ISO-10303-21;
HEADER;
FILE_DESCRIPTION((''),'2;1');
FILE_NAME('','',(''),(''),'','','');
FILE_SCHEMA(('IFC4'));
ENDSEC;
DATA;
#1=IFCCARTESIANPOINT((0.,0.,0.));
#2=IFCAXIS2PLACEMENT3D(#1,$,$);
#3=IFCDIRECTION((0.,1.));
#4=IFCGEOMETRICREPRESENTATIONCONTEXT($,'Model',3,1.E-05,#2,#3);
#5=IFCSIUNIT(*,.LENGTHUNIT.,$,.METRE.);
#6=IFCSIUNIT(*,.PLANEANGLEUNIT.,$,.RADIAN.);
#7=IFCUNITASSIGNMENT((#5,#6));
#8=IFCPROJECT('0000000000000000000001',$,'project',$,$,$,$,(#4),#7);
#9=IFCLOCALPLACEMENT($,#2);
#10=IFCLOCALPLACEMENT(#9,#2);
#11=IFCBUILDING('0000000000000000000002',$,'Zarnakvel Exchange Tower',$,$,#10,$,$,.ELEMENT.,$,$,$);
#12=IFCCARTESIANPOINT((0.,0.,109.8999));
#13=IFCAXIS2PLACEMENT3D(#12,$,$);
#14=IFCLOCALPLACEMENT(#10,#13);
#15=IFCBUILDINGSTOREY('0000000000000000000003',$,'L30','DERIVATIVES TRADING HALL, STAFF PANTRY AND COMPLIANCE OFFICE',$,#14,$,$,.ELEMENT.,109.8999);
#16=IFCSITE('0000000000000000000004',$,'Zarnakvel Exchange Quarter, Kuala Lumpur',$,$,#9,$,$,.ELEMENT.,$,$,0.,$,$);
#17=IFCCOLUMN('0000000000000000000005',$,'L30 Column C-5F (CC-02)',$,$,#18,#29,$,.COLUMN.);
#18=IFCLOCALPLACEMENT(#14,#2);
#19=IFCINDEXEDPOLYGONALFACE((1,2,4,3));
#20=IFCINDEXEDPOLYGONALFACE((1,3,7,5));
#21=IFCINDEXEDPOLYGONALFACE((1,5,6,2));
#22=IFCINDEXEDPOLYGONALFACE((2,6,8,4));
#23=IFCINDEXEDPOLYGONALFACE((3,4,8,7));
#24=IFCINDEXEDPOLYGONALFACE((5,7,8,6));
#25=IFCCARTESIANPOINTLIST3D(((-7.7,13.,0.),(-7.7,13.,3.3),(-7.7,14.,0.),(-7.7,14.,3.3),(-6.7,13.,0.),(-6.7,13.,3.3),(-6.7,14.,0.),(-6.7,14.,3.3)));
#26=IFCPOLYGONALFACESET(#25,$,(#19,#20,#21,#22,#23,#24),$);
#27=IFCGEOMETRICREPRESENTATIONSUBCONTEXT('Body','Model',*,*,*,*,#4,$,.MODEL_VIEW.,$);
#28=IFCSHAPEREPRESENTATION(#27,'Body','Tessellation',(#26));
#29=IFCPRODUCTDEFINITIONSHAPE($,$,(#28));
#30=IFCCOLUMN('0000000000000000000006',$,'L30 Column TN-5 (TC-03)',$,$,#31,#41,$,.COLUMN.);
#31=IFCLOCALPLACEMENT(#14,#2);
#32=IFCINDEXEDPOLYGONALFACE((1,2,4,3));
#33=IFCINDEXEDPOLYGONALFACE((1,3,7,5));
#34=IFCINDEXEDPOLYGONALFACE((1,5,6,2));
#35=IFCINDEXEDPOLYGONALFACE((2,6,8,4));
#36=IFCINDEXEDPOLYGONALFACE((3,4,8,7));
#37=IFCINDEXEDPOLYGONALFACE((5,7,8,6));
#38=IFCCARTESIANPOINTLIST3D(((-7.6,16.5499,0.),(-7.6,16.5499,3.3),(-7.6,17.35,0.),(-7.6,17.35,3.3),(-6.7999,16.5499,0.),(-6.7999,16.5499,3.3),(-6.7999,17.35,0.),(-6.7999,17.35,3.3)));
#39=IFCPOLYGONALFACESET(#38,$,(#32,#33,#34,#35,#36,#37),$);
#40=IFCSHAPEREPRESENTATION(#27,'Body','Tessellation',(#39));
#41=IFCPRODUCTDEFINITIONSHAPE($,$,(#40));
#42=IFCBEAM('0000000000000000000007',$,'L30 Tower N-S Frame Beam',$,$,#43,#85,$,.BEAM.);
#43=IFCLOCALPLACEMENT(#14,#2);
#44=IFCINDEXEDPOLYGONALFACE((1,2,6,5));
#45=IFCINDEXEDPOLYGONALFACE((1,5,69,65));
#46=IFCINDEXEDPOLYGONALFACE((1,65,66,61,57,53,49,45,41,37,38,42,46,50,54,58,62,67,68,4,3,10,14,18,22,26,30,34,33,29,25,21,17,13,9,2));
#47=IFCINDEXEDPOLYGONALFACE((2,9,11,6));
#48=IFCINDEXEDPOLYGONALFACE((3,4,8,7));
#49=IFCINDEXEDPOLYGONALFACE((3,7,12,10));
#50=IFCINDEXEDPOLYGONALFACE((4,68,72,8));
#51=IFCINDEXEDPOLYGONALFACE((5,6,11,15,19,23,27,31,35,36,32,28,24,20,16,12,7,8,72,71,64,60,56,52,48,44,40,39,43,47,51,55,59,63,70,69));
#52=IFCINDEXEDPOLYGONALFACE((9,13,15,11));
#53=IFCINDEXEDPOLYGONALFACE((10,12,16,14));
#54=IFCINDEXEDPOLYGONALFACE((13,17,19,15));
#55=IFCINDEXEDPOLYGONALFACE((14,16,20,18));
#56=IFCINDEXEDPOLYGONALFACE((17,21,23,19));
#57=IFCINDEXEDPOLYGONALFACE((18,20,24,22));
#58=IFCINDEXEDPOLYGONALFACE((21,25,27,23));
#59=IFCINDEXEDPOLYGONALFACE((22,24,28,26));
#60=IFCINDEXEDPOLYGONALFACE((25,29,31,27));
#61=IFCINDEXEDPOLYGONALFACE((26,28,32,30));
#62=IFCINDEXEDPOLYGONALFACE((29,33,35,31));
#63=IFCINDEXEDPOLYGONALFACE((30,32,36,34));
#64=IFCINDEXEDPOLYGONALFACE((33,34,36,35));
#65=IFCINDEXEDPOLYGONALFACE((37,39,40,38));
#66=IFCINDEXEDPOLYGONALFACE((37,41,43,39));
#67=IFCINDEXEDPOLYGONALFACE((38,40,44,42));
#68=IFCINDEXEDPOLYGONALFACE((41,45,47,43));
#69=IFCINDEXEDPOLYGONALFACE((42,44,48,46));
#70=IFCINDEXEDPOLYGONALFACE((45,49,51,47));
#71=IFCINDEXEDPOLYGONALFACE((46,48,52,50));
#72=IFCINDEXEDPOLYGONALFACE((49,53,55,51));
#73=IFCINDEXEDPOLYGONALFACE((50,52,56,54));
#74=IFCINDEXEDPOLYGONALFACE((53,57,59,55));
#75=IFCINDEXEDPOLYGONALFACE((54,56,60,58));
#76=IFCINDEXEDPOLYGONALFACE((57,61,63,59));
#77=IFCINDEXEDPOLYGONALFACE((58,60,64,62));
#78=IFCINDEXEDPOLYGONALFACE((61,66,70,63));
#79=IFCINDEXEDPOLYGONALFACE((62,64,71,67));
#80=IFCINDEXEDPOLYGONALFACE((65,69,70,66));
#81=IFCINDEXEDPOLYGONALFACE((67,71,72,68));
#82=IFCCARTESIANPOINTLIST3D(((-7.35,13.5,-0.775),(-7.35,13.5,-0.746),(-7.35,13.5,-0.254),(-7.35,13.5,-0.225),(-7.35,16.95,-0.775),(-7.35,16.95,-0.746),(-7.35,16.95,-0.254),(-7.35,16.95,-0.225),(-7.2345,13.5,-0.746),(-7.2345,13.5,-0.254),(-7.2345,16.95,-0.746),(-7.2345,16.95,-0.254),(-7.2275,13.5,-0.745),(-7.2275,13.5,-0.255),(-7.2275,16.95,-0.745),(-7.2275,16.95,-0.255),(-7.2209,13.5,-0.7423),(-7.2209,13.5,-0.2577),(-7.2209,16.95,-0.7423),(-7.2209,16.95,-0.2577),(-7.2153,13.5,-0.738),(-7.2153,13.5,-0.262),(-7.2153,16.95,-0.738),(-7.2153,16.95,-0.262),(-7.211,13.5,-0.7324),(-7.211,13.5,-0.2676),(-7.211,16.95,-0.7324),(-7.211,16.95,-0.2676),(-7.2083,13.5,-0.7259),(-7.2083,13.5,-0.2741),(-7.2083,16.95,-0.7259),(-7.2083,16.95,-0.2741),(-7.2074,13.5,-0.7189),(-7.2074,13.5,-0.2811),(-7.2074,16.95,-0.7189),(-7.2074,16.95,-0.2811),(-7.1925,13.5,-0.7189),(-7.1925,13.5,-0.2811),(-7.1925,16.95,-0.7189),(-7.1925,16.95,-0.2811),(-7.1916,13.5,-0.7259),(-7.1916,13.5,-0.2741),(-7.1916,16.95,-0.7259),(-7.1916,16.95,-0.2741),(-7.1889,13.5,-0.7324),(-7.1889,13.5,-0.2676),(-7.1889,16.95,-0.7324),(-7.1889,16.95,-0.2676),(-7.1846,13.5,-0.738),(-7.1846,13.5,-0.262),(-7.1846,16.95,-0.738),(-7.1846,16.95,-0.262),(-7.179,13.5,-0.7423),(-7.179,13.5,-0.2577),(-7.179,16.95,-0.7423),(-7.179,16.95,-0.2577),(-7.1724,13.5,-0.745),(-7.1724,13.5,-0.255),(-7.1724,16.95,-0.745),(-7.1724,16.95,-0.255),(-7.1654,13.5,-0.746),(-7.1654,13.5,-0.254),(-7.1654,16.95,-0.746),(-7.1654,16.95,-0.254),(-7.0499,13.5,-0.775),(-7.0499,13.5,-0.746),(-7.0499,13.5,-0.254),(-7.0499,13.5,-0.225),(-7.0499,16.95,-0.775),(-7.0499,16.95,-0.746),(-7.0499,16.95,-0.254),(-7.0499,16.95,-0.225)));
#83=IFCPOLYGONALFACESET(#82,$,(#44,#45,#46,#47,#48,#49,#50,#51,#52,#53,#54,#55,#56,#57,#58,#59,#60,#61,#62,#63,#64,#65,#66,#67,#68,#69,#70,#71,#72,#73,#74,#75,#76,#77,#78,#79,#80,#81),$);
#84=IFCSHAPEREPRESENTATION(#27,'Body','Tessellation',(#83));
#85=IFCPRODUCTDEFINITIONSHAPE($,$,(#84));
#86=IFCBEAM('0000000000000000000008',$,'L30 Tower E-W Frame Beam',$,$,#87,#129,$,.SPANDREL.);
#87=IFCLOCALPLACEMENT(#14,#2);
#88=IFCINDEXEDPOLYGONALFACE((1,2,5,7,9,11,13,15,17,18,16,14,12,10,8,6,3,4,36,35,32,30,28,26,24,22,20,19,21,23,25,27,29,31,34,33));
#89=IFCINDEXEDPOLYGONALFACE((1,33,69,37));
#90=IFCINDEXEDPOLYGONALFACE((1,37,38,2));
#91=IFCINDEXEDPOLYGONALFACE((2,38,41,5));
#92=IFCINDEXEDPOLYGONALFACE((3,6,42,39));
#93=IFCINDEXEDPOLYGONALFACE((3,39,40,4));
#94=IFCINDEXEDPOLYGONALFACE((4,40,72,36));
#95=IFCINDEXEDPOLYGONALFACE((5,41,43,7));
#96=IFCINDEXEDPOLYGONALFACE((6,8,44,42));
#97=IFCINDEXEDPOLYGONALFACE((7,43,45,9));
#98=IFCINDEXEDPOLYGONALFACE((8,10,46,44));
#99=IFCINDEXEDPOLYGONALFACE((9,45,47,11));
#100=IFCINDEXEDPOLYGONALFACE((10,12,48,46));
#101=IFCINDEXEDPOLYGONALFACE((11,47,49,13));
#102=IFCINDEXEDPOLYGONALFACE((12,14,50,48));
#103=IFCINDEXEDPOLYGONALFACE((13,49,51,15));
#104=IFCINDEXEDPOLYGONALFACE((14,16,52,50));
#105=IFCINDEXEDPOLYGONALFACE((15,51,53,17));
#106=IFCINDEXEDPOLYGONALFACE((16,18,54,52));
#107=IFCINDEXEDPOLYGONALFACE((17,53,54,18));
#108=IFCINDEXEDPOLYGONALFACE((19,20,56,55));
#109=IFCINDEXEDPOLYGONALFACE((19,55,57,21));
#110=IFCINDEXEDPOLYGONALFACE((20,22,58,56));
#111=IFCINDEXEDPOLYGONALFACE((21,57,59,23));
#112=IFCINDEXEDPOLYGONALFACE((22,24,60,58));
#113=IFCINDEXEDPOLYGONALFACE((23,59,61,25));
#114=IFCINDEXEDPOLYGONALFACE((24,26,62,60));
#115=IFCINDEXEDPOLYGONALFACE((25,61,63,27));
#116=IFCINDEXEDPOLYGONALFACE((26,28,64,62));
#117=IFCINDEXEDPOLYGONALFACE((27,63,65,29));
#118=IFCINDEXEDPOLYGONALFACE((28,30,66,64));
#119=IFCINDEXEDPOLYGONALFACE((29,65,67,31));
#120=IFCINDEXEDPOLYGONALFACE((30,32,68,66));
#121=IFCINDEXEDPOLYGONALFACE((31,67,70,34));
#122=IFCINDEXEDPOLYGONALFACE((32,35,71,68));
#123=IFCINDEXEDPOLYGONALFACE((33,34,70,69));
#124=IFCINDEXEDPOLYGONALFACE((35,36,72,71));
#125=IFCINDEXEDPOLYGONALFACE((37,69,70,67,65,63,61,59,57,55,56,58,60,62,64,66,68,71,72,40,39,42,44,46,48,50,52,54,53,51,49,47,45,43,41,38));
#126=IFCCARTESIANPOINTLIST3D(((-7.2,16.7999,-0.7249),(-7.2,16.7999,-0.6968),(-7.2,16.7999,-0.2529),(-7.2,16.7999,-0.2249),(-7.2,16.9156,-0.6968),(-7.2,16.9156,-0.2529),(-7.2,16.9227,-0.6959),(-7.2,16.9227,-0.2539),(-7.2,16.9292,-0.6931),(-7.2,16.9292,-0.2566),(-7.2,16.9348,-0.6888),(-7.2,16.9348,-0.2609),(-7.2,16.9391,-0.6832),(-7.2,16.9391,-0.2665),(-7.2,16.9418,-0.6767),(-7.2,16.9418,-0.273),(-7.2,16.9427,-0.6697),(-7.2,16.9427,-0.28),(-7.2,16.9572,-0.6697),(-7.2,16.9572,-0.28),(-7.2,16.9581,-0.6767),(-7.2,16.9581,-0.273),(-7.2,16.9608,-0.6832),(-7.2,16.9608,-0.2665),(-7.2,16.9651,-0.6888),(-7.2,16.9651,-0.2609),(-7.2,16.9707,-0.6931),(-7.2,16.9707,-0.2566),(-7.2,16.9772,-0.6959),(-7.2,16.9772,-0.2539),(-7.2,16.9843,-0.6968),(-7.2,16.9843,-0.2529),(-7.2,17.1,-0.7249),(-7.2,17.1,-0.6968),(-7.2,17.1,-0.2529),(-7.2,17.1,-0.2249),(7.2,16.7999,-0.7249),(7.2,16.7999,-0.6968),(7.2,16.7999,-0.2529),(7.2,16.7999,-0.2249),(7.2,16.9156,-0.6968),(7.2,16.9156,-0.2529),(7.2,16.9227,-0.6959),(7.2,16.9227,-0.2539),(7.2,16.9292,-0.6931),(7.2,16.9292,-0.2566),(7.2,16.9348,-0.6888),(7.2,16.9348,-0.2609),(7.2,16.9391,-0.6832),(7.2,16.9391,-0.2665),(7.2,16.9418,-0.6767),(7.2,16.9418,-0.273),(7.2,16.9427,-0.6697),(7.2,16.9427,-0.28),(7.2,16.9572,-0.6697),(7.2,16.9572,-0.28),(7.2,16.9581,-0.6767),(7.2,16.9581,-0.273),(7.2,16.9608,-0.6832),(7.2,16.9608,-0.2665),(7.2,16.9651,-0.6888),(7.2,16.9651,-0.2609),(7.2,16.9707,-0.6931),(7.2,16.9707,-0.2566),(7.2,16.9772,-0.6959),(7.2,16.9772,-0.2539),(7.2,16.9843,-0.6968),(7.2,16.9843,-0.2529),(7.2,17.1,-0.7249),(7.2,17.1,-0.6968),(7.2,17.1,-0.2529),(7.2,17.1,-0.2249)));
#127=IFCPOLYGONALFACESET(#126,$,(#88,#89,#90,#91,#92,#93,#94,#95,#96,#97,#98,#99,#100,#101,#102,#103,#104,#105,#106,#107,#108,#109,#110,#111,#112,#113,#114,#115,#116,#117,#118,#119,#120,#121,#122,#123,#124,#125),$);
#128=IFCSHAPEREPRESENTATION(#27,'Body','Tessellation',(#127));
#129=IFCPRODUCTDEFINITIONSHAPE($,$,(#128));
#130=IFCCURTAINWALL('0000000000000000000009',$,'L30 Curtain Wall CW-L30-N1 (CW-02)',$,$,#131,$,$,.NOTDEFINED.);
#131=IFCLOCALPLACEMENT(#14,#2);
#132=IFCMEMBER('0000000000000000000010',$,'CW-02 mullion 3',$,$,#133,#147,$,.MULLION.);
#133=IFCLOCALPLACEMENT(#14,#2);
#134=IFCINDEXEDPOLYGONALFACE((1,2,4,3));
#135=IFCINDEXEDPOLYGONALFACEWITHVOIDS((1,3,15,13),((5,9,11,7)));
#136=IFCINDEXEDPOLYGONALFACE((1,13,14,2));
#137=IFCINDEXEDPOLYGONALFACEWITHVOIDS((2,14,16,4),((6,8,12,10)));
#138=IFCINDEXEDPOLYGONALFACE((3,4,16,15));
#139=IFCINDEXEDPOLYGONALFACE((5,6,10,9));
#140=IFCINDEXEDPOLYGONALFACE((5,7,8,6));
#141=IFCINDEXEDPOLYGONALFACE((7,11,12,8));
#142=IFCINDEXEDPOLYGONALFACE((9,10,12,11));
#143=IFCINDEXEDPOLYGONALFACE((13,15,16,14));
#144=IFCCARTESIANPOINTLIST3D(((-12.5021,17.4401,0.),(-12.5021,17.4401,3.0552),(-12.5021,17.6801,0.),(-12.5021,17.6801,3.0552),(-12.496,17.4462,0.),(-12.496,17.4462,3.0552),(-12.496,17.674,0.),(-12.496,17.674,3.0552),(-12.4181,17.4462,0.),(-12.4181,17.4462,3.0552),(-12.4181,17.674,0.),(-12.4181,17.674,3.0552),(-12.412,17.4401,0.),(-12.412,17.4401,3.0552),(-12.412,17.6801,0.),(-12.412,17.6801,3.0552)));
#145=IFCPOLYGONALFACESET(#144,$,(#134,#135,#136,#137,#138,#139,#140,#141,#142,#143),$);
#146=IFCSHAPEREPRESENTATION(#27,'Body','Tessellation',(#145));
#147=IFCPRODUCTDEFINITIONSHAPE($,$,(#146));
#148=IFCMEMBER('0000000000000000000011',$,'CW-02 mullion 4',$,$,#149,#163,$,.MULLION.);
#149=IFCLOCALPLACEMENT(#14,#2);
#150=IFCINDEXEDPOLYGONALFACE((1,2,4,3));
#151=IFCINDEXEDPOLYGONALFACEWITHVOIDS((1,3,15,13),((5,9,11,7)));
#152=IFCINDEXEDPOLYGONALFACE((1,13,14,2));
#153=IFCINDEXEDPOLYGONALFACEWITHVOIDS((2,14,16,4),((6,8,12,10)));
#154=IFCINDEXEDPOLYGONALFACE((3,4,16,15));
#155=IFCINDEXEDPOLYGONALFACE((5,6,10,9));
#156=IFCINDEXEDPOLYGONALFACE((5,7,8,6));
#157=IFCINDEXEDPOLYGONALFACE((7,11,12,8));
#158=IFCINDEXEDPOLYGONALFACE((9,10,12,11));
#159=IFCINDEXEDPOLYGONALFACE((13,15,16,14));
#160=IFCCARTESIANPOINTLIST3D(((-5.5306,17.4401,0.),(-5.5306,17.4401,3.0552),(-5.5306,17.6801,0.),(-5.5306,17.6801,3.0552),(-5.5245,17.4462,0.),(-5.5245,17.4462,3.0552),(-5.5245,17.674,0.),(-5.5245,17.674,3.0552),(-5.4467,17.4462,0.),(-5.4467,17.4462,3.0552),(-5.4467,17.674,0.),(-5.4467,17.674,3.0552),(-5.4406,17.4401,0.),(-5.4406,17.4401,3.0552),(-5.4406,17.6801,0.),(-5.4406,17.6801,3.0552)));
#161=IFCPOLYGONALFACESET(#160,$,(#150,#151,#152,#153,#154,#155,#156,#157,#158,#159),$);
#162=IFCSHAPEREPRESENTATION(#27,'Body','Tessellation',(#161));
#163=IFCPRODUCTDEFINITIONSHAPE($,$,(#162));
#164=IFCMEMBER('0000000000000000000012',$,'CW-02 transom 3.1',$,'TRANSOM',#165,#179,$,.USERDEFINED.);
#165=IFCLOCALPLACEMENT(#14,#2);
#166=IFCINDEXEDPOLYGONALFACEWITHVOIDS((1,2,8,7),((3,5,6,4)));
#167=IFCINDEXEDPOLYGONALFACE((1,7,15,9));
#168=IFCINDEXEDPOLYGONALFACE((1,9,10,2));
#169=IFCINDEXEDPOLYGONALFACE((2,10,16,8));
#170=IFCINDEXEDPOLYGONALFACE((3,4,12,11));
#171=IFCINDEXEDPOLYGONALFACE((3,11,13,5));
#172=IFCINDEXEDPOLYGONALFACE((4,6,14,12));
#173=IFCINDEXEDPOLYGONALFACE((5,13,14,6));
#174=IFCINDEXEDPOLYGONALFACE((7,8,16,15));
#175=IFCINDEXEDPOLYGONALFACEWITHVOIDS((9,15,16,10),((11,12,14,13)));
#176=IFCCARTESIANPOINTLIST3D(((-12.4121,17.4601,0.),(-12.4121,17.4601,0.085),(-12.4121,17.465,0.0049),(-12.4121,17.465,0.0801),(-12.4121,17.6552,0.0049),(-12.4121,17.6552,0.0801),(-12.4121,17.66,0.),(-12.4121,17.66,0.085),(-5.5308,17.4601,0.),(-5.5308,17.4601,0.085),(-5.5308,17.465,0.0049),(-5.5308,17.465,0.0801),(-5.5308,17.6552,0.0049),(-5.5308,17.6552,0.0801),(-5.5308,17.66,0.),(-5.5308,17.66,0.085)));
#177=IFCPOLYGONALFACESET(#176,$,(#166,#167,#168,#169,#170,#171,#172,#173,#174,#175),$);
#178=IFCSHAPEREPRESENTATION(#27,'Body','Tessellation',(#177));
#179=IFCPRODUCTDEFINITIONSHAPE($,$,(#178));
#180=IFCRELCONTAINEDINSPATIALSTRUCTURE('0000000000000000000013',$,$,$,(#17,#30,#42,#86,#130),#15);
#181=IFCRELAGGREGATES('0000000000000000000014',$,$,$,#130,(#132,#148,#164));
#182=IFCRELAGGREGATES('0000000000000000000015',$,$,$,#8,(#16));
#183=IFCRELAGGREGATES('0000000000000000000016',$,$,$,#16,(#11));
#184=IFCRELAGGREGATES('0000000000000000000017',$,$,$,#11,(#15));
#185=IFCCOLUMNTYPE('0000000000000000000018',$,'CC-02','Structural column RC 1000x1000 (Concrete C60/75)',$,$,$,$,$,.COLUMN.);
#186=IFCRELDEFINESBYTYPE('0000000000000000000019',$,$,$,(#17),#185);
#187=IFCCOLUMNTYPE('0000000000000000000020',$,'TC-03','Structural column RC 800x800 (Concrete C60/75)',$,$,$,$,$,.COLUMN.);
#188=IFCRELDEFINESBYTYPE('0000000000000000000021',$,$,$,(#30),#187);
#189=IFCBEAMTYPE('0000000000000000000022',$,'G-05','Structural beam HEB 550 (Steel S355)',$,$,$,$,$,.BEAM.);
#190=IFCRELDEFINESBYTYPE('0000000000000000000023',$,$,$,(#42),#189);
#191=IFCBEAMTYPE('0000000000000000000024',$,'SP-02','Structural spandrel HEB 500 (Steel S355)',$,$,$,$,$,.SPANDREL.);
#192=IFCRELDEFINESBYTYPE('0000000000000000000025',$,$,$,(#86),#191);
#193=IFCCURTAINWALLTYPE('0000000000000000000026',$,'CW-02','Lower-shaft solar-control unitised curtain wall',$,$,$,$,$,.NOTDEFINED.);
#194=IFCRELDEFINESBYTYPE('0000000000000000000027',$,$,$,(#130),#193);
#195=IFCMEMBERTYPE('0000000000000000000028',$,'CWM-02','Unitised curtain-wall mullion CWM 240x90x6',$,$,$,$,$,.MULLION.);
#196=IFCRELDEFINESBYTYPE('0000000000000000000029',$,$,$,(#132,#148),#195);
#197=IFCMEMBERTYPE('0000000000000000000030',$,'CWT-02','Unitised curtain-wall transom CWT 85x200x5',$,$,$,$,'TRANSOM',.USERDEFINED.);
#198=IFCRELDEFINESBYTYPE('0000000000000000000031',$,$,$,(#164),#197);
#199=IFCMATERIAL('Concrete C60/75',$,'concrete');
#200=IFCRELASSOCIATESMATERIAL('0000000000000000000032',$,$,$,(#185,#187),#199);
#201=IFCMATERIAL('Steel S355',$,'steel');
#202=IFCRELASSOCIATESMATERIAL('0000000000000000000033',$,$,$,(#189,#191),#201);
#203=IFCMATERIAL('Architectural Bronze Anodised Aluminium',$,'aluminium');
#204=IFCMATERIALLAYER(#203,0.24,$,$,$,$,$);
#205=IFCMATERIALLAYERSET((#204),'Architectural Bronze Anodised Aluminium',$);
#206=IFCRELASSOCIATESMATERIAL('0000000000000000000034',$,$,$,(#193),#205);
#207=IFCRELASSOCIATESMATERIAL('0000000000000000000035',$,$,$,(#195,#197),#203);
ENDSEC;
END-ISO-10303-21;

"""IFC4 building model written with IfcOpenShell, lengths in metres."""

from ifc_helpers import new_model, si_unit, direction, frame, origin, origin_2d, place, context, subcontext, project, spatial, rectangle, hollow_rectangle, i_section, extrude, source, transform, mapped, material, layer, layer_set, material_profile, profile_set, type_object, element, aggregate, save


model = new_model("IFC4")

# Units and contexts
model_context = context("Model", 3, precision=1e-05, world=origin(), true_north=direction((0.0, 1.0)))
body_context = subcontext(model_context, "Body", "Model", "MODEL_VIEW")
ifc_project = project(units=[si_unit("LENGTHUNIT", "METRE"), si_unit("PLANEANGLEUNIT", "RADIAN")], contexts=[model_context])

# Site, building, storey
site_placement = place(None, origin())
site = spatial("IfcSite", under=ifc_project, at=site_placement, Name="Zarnakvel Exchange Quarter, Kuala Lumpur", CompositionType="ELEMENT", RefElevation=0.0)
building_placement = place(site_placement, origin())
building = spatial("IfcBuilding", under=site, at=building_placement, Name="Zarnakvel Exchange Tower", CompositionType="ELEMENT")
storey_placement = place(building_placement, frame((0.0, 0.0, 109.8999)))
storey = spatial("IfcBuildingStorey", under=building, at=storey_placement, Name="L30", Description="DERIVATIVES TRADING HALL, STAFF PANTRY AND COMPLIANCE OFFICE", CompositionType="ELEMENT", Elevation=109.8999)

# Columns
ifc_material_1 = material(Name="Concrete C60/75", Category="concrete")
ifc_material_profile_1 = material_profile(ifc_material_1, rectangle(XDim=1.0, YDim=1.0, at=origin_2d()))
ifc_profile_set_1 = profile_set([ifc_material_profile_1], Name="Concrete C60/75")
column_type_1 = type_object("IfcColumnType", Name="CC-02", Description="Structural column RC 1000x1000 (Concrete C60/75)", PredefinedType="COLUMN", material=ifc_profile_set_1)
column_1_placement = place(storey_placement, frame((-7.2, 13.5, 0.0), z_axis=(0.0, 0.0, 1.0), x_axis=(1.0, 0.0, 0.0)))
element("IfcColumn", 1, at=column_1_placement, inside=storey, type_object=column_type_1, Name="L30 Column C-5F (CC-02)", PredefinedType="COLUMN", context=body_context, shape_type="SweptSolid", body=[
    extrude(rectangle(XDim=1.0, YDim=1.0, at=origin_2d()), origin(), (0.0, 0.0, 1.0), 3.3),
])
ifc_material_profile_2 = material_profile(ifc_material_1, rectangle(XDim=0.8, YDim=0.8, at=origin_2d()))
ifc_profile_set_2 = profile_set([ifc_material_profile_2], Name="Concrete C60/75")
column_type_2 = type_object("IfcColumnType", Name="TC-03", Description="Structural column RC 800x800 (Concrete C60/75)", PredefinedType="COLUMN", material=ifc_profile_set_2)
column_2_placement = place(storey_placement, frame((-7.2, 16.95, 0.0), z_axis=(0.0, 0.0, 1.0), x_axis=(1.0, 0.0, 0.0)))
element("IfcColumn", 2, at=column_2_placement, inside=storey, type_object=column_type_2, Name="L30 Column TN-5 (TC-03)", PredefinedType="COLUMN", context=body_context, shape_type="SweptSolid", body=[
    extrude(rectangle(XDim=0.8, YDim=0.8, at=origin_2d()), origin(), (0.0, 0.0, 1.0), 3.3),
])

# Beams
ifc_material_2 = material(Name="Steel S355", Category="steel")
ifc_material_profile_3 = material_profile(ifc_material_2, i_section(OverallWidth=0.3, OverallDepth=0.55, WebThickness=0.0149, FlangeThickness=0.0291, FilletRadius=0.0271, at=origin_2d()))
ifc_profile_set_3 = profile_set([ifc_material_profile_3], Name="Steel S355")
beam_type_1 = type_object("IfcBeamType", Name="G-05", Description="Structural beam HEB 550 (Steel S355)", PredefinedType="BEAM", material=ifc_profile_set_3)
beam_1_placement = place(storey_placement, frame((-7.2, 13.5, -0.5), z_axis=(0.0, 1.0, 0.0), x_axis=(-1.0, 0.0, 0.0)))
element("IfcBeam", 3, at=beam_1_placement, inside=storey, type_object=beam_type_1, Name="L30 Tower N-S Frame Beam", PredefinedType="BEAM", context=body_context, shape_type="SweptSolid", body=[
    extrude(i_section(OverallWidth=0.3, OverallDepth=0.55, WebThickness=0.0149, FlangeThickness=0.0291, FilletRadius=0.0271, at=origin_2d()), origin(), (0.0, 0.0, 1.0), 3.45),
])
ifc_material_profile_4 = material_profile(ifc_material_2, i_section(OverallWidth=0.3, OverallDepth=0.5, WebThickness=0.0144, FlangeThickness=0.0281, FilletRadius=0.0271, at=origin_2d()))
ifc_profile_set_4 = profile_set([ifc_material_profile_4], Name="Steel S355")
beam_type_2 = type_object("IfcBeamType", Name="SP-02", Description="Structural spandrel HEB 500 (Steel S355)", PredefinedType="SPANDREL", material=ifc_profile_set_4)
beam_2_placement = place(storey_placement, frame((-7.2, 16.95, -0.4749), z_axis=(1.0, 0.0, 0.0), x_axis=(0.0, 1.0, 0.0)))
element("IfcBeam", 4, at=beam_2_placement, inside=storey, type_object=beam_type_2, Name="L30 Tower E-W Frame Beam", PredefinedType="SPANDREL", context=body_context, shape_type="SweptSolid", body=[
    extrude(i_section(OverallWidth=0.3, OverallDepth=0.5, WebThickness=0.0144, FlangeThickness=0.0281, FilletRadius=0.0271, at=origin_2d()), origin(), (0.0, 0.0, 1.0), 14.3999),
])

# Curtain wall, members
ifc_material_3 = material(Name="Architectural Bronze Anodised Aluminium", Category="aluminium")
ifc_layer_1 = layer(ifc_material_3, 0.24)
ifc_layer_set_1 = layer_set([ifc_layer_1], Name="Architectural Bronze Anodised Aluminium")
curtain_wall_type = type_object("IfcCurtainWallType", Name="CW-02", Description="Lower-shaft solar-control unitised curtain wall", PredefinedType="NOTDEFINED", material=ifc_layer_set_1)
curtain_wall_placement = place(storey_placement, origin())
curtain_wall = element("IfcCurtainWall", 5, at=curtain_wall_placement, inside=storey, type_object=curtain_wall_type, Name="L30 Curtain Wall CW-L30-N1 (CW-02)", PredefinedType="NOTDEFINED")
ifc_material_profile_5 = material_profile(ifc_material_3, hollow_rectangle(XDim=0.24, YDim=0.0901, WallThickness=0.0061, at=origin_2d()))
ifc_profile_set_5 = profile_set([ifc_material_profile_5], Name="Architectural Bronze Anodised Aluminium")
member_type_1 = type_object("IfcMemberType", Name="CWM-02", Description="Unitised curtain-wall mullion CWM 240x90x6", PredefinedType="MULLION", material=ifc_profile_set_5)
shared_shape_1 = source(origin(), body_context, "Body", "SweptSolid", [
    extrude(hollow_rectangle(XDim=0.24, YDim=0.0901, WallThickness=0.0061, at=origin_2d()), origin(), (0.0, 0.0, 1.0), 3.0552),
])
member_1_placement = place(storey_placement, frame((-12.457, 17.5601, 0.0), z_axis=(0.0, 0.0, 1.0), x_axis=(0.0, 1.0, 0.0)))
member_1 = element("IfcMember", 6, at=member_1_placement, type_object=member_type_1, Name="CW-02 mullion 3", PredefinedType="MULLION", context=body_context, shape_type="MappedRepresentation", body=[
    mapped(shared_shape_1, transform((0.0, 0.0, 0.0), x_axis=(1.0, 0.0, 0.0), y_axis=(0.0, 1.0, 0.0), z_axis=(0.0, 0.0, 1.0), scale=1.0)),
])
member_2_placement = place(storey_placement, frame((-5.4856, 17.5601, 0.0), z_axis=(0.0, 0.0, 1.0), x_axis=(0.0, 1.0, 0.0)))
member_2 = element("IfcMember", 7, at=member_2_placement, type_object=member_type_1, Name="CW-02 mullion 4", PredefinedType="MULLION", context=body_context, shape_type="MappedRepresentation", body=[
    mapped(shared_shape_1, transform((0.0, 0.0, 0.0), x_axis=(1.0, 0.0, 0.0), y_axis=(0.0, 1.0, 0.0), z_axis=(0.0, 0.0, 1.0), scale=1.0)),
])
ifc_material_profile_6 = material_profile(ifc_material_3, hollow_rectangle(XDim=0.2, YDim=0.085, WallThickness=0.0049, at=origin_2d()))
ifc_profile_set_6 = profile_set([ifc_material_profile_6], Name="Architectural Bronze Anodised Aluminium")
member_type_2 = type_object("IfcMemberType", Name="CWT-02", Description="Unitised curtain-wall transom CWT 85x200x5", ElementType="TRANSOM", PredefinedType="USERDEFINED", material=ifc_profile_set_6)
shared_shape_2 = source(origin(), body_context, "Body", "SweptSolid", [
    extrude(hollow_rectangle(XDim=0.2, YDim=0.085, WallThickness=0.0049, at=origin_2d()), origin(), (0.0, 0.0, 1.0), 6.8813),
])
member_3_placement = place(storey_placement, frame((-12.4121, 17.5601, 0.0425), z_axis=(1.0, 0.0, 0.0), x_axis=(0.0, 1.0, 0.0)))
member_3 = element("IfcMember", 8, at=member_3_placement, type_object=member_type_2, Name="CW-02 transom 3.1", ObjectType="TRANSOM", PredefinedType="USERDEFINED", context=body_context, shape_type="MappedRepresentation", body=[
    mapped(shared_shape_2, transform((0.0, 0.0, 0.0), x_axis=(1.0, 0.0, 0.0), y_axis=(0.0, 1.0, 0.0), z_axis=(0.0, 0.0, 1.0), scale=1.0)),
])
aggregate(curtain_wall, [member_1, member_2, member_3])

save(model, "model.ifc")
